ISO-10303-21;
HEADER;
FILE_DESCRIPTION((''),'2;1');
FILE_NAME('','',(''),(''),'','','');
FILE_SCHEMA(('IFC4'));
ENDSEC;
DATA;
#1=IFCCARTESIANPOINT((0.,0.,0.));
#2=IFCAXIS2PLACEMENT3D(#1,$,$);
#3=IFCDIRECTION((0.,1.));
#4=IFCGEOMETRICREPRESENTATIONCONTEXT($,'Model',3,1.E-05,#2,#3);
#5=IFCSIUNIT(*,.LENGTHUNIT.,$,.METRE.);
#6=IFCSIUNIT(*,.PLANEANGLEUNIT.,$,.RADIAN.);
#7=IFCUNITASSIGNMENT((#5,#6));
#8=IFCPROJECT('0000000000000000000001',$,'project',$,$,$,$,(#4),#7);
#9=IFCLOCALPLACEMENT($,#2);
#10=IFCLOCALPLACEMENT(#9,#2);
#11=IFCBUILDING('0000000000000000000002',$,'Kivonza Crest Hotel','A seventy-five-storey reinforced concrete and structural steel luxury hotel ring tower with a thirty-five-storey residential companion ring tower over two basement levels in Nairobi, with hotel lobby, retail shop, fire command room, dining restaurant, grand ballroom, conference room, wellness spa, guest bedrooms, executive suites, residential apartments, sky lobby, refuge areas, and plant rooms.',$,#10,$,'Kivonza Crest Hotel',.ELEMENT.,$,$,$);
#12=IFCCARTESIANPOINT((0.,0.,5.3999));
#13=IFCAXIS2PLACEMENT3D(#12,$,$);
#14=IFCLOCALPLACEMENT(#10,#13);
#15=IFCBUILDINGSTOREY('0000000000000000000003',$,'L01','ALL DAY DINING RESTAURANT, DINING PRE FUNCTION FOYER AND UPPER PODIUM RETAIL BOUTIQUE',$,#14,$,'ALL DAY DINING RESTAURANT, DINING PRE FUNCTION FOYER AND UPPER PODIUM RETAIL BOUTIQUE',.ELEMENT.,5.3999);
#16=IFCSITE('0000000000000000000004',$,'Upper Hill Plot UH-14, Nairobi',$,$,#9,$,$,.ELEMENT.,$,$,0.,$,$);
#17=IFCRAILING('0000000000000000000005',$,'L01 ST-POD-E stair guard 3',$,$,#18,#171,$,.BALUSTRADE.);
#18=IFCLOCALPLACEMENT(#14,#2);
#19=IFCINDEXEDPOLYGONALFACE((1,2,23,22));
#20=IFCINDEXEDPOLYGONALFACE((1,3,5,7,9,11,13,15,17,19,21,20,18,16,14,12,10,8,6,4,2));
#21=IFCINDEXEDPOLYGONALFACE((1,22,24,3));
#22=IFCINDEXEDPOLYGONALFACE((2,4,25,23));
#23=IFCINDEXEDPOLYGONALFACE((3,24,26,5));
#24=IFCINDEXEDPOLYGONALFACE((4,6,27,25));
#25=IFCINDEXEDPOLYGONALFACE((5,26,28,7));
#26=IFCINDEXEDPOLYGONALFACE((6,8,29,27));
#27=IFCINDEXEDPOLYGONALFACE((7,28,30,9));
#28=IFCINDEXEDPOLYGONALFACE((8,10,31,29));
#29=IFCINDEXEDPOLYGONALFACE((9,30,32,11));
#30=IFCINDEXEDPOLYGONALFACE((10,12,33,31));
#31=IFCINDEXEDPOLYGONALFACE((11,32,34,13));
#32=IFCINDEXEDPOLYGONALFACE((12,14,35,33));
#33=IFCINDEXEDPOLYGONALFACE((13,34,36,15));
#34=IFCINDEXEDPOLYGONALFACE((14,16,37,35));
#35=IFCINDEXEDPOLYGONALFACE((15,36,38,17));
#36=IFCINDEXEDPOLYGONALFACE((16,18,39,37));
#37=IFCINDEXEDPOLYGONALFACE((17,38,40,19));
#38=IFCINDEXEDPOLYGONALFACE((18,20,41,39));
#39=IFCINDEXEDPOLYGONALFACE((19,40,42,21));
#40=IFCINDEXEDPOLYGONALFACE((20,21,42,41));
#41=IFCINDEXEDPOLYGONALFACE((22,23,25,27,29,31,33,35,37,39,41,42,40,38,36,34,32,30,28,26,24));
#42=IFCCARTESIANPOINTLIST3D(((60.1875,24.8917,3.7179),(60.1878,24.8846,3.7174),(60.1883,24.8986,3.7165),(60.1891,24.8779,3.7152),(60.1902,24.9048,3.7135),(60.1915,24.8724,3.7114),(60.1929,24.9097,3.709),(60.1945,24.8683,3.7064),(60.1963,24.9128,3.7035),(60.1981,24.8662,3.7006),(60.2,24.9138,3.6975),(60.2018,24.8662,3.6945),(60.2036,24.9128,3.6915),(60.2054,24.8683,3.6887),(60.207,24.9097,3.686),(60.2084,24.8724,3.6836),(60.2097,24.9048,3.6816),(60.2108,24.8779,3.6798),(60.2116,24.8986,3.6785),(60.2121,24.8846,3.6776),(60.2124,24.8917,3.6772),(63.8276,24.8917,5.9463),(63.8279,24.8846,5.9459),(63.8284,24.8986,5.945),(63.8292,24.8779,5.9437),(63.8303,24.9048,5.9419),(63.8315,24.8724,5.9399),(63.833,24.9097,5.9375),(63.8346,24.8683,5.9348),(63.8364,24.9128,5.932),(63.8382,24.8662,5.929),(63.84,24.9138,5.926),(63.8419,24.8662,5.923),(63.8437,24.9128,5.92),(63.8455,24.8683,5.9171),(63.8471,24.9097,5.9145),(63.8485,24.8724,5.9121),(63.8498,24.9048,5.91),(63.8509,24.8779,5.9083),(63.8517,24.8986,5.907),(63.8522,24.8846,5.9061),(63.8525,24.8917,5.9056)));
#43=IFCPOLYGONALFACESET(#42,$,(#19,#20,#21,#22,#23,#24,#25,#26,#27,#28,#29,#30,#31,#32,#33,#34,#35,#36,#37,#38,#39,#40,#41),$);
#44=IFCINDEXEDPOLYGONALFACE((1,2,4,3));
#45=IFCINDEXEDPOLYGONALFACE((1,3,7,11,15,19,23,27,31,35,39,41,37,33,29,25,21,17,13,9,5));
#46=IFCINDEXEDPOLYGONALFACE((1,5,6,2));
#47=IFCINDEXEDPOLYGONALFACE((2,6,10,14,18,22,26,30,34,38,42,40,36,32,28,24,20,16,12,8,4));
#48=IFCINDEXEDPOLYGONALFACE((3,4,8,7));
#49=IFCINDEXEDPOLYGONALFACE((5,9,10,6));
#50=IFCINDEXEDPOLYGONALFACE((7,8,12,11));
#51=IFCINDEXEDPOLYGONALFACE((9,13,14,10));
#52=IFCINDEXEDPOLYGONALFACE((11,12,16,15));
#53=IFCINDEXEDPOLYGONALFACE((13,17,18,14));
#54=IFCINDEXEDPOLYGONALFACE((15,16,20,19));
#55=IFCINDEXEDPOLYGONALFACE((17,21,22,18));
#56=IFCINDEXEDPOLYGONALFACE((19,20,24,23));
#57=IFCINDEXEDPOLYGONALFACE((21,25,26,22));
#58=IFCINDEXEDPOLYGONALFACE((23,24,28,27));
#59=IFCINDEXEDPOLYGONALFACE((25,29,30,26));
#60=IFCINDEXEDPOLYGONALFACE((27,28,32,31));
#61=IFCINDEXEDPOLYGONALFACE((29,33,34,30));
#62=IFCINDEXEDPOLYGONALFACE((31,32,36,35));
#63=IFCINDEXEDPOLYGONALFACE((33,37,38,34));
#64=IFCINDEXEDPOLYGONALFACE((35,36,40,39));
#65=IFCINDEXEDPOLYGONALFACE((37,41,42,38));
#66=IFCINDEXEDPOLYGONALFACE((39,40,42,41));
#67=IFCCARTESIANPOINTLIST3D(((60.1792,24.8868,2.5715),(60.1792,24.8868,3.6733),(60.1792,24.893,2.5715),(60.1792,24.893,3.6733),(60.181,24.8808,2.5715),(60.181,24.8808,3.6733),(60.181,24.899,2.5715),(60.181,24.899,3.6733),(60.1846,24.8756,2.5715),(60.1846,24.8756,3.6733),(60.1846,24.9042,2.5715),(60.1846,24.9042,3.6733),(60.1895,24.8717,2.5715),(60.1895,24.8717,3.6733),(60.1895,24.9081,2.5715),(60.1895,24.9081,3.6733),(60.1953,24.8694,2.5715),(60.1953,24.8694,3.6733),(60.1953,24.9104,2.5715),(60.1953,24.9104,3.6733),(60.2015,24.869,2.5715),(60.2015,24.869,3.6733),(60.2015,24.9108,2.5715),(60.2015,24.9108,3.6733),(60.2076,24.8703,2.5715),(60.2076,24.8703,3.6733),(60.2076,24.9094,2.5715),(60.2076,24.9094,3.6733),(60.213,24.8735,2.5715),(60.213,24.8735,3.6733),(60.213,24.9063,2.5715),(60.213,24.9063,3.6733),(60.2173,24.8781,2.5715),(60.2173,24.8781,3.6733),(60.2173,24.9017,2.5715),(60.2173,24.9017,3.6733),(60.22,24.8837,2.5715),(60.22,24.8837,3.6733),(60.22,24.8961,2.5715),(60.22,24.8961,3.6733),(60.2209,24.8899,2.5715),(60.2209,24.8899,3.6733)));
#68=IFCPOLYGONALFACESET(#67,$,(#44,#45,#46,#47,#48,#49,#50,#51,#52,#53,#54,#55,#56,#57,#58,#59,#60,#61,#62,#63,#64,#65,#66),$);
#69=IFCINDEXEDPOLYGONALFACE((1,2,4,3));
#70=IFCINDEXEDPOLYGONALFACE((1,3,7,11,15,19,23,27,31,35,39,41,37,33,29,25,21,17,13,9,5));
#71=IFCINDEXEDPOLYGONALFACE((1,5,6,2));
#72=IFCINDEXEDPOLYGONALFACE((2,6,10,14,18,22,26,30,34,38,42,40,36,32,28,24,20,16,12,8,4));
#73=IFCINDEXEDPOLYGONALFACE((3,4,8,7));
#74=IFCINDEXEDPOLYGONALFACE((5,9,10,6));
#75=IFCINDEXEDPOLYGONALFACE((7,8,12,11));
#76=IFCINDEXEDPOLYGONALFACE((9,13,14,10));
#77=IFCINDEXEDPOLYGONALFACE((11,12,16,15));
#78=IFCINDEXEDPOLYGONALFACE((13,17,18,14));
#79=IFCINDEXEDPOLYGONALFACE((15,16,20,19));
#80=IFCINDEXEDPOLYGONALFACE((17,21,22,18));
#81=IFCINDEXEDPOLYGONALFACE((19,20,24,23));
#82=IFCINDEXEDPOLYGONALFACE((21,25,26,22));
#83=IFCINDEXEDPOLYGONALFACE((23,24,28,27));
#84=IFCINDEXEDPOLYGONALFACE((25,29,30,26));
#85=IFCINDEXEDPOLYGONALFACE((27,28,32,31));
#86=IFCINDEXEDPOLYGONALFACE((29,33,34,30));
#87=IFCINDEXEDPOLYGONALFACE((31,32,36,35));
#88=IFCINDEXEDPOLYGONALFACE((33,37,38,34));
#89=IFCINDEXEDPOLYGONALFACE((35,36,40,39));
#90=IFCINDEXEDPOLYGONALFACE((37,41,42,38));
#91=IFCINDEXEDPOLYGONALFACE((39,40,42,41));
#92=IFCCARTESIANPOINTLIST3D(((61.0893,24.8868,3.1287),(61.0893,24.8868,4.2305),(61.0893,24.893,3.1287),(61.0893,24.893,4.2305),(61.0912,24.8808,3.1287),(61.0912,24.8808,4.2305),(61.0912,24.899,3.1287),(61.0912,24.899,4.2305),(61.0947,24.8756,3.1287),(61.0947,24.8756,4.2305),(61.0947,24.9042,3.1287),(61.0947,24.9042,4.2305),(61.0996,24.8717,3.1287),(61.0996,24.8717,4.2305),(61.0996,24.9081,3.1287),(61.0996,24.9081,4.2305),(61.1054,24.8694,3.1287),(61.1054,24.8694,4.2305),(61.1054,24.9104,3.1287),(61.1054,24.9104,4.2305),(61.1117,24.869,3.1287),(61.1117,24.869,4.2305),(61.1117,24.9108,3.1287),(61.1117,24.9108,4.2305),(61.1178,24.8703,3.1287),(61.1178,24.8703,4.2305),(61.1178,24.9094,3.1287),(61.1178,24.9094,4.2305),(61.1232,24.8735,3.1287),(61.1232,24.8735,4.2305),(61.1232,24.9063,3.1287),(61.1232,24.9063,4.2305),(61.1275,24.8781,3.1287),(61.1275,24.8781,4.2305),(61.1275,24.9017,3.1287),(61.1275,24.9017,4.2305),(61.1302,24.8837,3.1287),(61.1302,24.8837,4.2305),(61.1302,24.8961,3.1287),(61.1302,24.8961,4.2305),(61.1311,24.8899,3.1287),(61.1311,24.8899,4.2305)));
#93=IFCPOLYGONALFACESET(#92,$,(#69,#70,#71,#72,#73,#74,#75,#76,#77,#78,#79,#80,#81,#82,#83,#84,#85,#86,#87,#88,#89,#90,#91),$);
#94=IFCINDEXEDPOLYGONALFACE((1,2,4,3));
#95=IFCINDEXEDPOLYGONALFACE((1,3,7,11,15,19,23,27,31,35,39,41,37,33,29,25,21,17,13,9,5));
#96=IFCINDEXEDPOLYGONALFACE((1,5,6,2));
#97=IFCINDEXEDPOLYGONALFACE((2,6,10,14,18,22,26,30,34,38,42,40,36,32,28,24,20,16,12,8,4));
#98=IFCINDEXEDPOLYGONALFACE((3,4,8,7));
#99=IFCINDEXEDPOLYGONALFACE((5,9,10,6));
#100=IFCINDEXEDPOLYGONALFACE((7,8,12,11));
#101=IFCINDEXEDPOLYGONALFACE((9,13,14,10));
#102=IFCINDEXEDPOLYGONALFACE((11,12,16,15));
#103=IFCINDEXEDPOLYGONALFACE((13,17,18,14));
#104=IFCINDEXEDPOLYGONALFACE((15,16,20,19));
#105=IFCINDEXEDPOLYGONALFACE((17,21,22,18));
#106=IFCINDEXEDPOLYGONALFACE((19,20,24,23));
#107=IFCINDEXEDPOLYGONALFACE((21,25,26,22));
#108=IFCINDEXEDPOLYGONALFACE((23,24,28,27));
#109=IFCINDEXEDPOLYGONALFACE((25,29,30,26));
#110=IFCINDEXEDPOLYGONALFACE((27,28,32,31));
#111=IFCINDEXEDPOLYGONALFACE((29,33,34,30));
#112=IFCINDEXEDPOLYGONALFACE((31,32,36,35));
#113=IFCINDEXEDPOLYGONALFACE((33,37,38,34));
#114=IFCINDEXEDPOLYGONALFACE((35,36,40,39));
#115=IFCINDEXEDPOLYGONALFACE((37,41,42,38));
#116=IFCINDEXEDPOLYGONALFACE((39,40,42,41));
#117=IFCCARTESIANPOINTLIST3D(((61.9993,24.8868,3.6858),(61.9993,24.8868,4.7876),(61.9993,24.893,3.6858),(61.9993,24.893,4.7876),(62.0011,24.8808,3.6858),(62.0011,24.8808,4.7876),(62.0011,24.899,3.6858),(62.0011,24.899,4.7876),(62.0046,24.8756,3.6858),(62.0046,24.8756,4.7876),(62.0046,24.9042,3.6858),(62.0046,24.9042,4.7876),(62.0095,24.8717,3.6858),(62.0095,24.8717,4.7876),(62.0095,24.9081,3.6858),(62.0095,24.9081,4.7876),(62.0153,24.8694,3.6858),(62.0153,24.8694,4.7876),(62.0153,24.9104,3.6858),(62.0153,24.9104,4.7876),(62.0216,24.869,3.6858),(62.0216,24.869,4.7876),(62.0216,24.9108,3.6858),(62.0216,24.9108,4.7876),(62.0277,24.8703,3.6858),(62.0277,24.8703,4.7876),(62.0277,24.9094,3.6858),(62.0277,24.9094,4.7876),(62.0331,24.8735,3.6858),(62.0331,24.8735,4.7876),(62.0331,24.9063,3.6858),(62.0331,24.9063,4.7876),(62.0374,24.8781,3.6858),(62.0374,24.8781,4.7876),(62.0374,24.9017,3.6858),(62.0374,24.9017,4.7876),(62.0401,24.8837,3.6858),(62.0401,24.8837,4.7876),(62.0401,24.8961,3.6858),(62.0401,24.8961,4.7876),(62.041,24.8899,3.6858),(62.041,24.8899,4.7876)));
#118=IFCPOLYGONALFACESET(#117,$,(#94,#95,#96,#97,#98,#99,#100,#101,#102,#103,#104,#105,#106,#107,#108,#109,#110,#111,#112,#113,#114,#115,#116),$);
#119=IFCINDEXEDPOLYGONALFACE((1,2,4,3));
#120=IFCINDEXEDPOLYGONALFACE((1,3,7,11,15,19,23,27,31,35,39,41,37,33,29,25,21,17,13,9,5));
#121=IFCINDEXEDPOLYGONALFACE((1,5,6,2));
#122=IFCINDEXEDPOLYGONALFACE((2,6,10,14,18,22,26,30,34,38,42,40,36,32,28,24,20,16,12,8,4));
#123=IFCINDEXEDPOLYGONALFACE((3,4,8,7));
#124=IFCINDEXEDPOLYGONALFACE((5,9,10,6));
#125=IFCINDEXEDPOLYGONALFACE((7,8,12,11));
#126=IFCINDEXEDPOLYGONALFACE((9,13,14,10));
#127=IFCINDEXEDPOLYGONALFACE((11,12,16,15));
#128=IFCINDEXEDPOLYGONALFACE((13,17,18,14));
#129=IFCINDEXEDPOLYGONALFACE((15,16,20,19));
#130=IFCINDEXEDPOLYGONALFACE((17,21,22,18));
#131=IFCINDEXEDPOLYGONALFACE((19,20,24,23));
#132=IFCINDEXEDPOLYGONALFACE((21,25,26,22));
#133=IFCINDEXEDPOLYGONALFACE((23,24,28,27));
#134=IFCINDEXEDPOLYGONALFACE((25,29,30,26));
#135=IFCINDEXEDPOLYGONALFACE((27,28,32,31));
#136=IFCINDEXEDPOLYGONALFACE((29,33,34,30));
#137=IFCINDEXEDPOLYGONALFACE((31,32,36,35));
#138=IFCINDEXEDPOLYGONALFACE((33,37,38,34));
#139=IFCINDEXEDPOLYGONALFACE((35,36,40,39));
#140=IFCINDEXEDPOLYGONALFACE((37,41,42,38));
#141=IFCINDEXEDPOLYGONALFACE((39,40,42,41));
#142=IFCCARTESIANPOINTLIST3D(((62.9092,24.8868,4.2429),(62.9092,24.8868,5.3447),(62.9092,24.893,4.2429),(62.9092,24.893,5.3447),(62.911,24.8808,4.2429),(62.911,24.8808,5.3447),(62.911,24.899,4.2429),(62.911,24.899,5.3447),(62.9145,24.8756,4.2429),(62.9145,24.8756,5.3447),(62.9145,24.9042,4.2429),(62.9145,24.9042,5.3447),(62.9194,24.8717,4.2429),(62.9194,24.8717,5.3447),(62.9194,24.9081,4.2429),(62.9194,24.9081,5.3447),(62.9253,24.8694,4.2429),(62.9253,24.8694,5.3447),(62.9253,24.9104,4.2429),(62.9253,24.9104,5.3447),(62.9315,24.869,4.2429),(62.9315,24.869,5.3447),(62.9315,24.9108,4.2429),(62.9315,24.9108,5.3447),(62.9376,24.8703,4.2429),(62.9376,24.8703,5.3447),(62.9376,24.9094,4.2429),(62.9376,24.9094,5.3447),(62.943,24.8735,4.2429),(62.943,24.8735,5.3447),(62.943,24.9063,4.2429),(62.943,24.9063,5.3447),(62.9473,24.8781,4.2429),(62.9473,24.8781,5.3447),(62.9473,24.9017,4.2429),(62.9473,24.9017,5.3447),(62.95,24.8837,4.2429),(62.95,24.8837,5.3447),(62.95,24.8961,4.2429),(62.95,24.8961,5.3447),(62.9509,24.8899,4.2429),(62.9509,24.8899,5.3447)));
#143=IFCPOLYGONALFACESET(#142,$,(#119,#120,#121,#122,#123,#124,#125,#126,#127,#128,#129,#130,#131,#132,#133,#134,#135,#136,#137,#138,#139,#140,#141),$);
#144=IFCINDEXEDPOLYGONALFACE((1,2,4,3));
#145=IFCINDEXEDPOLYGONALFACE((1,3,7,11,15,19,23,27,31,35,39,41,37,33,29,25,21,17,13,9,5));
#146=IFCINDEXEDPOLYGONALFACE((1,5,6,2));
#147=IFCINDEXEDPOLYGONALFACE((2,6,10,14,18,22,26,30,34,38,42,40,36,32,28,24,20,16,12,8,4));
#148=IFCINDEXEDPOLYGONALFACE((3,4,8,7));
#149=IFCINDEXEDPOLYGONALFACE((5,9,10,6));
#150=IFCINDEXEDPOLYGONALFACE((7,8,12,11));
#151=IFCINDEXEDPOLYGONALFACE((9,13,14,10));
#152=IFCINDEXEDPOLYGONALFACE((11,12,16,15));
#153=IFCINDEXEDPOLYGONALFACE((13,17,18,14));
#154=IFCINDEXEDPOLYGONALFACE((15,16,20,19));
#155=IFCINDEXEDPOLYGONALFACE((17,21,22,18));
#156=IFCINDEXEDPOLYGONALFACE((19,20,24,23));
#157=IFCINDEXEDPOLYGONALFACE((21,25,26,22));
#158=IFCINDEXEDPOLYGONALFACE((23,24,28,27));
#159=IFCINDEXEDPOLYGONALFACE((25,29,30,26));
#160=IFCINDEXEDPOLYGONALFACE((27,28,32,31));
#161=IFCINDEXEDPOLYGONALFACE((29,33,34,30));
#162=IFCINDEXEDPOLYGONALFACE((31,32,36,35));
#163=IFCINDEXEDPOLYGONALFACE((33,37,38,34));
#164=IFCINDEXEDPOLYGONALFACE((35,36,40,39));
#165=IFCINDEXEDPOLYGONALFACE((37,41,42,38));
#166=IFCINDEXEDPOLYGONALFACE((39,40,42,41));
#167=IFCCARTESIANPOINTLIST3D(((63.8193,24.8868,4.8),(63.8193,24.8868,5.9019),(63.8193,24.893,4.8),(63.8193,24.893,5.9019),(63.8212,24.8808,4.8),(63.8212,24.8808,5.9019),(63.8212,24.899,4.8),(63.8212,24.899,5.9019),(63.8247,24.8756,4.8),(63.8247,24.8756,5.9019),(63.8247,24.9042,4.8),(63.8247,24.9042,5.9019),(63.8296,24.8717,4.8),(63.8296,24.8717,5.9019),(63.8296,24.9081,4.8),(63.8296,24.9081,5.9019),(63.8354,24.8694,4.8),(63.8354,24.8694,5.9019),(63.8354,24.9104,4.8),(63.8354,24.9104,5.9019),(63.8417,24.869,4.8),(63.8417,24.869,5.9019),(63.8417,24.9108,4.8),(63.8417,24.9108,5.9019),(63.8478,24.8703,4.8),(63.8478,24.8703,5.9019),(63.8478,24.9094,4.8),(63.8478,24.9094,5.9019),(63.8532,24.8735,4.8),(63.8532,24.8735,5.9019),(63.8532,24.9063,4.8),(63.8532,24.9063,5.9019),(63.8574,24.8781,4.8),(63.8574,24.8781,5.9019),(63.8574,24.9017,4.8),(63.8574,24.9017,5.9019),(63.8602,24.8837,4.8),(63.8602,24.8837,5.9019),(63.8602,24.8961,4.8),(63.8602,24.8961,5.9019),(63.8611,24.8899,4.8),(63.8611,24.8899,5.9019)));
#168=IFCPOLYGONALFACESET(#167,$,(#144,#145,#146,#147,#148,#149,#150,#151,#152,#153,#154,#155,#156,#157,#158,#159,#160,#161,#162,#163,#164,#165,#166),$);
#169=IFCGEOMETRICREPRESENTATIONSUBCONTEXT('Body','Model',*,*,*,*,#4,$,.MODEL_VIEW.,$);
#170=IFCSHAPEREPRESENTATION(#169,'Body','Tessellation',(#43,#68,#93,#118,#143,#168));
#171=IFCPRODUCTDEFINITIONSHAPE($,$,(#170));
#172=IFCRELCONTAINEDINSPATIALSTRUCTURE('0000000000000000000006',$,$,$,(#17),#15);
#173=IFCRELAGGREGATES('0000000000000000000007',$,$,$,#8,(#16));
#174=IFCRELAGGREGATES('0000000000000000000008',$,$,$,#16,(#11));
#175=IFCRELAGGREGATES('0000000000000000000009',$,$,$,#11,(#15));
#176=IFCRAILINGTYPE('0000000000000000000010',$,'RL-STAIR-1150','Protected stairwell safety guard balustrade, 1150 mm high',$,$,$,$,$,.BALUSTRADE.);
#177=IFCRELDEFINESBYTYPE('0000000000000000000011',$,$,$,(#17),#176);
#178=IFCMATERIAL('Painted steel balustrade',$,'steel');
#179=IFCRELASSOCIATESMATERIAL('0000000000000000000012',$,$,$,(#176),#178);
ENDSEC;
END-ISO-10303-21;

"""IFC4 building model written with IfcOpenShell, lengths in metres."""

from ifc_helpers import new_model, si_unit, direction, frame, origin, origin_2d, place, context, subcontext, project, spatial, circle, extrude, material, type_object, element, save


model = new_model("IFC4")

# Units and contexts
model_context = context("Model", 3, precision=1e-05, world=origin(), true_north=direction((0.0, 1.0)))
body_context = subcontext(model_context, "Body", "Model", "MODEL_VIEW")
ifc_project = project(units=[si_unit("LENGTHUNIT", "METRE"), si_unit("PLANEANGLEUNIT", "RADIAN")], contexts=[model_context])

# Site, building, storey
site_placement = place(None, origin())
site = spatial("IfcSite", under=ifc_project, at=site_placement, Name="Upper Hill Plot UH-14, Nairobi", CompositionType="ELEMENT", RefElevation=0.0)
building_placement = place(site_placement, origin())
building = spatial("IfcBuilding", under=site, at=building_placement, Name="Kivonza Crest Hotel", Description="A seventy-five-storey reinforced concrete and structural steel luxury hotel ring tower with a thirty-five-storey residential companion ring tower over two basement levels in Nairobi, with hotel lobby, retail shop, fire command room, dining restaurant, grand ballroom, conference room, wellness spa, guest bedrooms, executive suites, residential apartments, sky lobby, refuge areas, and plant rooms.", LongName="Kivonza Crest Hotel", CompositionType="ELEMENT")
storey_placement = place(building_placement, frame((0.0, 0.0, 5.3999)))
storey = spatial("IfcBuildingStorey", under=building, at=storey_placement, Name="L01", Description="ALL DAY DINING RESTAURANT, DINING PRE FUNCTION FOYER AND UPPER PODIUM RETAIL BOUTIQUE", LongName="ALL DAY DINING RESTAURANT, DINING PRE FUNCTION FOYER AND UPPER PODIUM RETAIL BOUTIQUE", CompositionType="ELEMENT", Elevation=5.3999)

# Railing
ifc_material_1 = material(Name="Painted steel balustrade", Category="steel")
railing_type_1 = type_object("IfcRailingType", Name="RL-STAIR-1150", Description="Protected stairwell safety guard balustrade, 1150 mm high", PredefinedType="BALUSTRADE", material=ifc_material_1)
railing_1_placement = place(storey_placement, frame((60.2, 24.8899, 2.5715)))
element("IfcRailing", 1, at=railing_1_placement, inside=storey, type_object=railing_type_1, Name="L01 ST-POD-E stair guard 3", PredefinedType="BALUSTRADE", context=body_context, shape_type="SweptSolid", body=[
    extrude(circle(Radius=0.0239, at=origin_2d()), frame((0.0, 0.0, 1.126), z_axis=(0.852866, 0.0, 0.52213), x_axis=(0.0, 1.0, 0.0)), (0.0, 0.0, 1.0), 4.2681),
    extrude(circle(Radius=0.021, at=origin_2d()), origin(), (0.0, 0.0, 1.0), 1.1018),
    extrude(circle(Radius=0.021, at=origin_2d()), frame((0.9102, 0.0, 0.5571)), (0.0, 0.0, 1.0), 1.1018),
    extrude(circle(Radius=0.021, at=origin_2d()), frame((1.8201, 0.0, 1.1143)), (0.0, 0.0, 1.0), 1.1018),
    extrude(circle(Radius=0.021, at=origin_2d()), frame((2.73, 0.0, 1.6714)), (0.0, 0.0, 1.0), 1.1018),
    extrude(circle(Radius=0.021, at=origin_2d()), frame((3.6401, 0.0, 2.2285)), (0.0, 0.0, 1.0), 1.1018),
])

save(model, "model.ifc")
